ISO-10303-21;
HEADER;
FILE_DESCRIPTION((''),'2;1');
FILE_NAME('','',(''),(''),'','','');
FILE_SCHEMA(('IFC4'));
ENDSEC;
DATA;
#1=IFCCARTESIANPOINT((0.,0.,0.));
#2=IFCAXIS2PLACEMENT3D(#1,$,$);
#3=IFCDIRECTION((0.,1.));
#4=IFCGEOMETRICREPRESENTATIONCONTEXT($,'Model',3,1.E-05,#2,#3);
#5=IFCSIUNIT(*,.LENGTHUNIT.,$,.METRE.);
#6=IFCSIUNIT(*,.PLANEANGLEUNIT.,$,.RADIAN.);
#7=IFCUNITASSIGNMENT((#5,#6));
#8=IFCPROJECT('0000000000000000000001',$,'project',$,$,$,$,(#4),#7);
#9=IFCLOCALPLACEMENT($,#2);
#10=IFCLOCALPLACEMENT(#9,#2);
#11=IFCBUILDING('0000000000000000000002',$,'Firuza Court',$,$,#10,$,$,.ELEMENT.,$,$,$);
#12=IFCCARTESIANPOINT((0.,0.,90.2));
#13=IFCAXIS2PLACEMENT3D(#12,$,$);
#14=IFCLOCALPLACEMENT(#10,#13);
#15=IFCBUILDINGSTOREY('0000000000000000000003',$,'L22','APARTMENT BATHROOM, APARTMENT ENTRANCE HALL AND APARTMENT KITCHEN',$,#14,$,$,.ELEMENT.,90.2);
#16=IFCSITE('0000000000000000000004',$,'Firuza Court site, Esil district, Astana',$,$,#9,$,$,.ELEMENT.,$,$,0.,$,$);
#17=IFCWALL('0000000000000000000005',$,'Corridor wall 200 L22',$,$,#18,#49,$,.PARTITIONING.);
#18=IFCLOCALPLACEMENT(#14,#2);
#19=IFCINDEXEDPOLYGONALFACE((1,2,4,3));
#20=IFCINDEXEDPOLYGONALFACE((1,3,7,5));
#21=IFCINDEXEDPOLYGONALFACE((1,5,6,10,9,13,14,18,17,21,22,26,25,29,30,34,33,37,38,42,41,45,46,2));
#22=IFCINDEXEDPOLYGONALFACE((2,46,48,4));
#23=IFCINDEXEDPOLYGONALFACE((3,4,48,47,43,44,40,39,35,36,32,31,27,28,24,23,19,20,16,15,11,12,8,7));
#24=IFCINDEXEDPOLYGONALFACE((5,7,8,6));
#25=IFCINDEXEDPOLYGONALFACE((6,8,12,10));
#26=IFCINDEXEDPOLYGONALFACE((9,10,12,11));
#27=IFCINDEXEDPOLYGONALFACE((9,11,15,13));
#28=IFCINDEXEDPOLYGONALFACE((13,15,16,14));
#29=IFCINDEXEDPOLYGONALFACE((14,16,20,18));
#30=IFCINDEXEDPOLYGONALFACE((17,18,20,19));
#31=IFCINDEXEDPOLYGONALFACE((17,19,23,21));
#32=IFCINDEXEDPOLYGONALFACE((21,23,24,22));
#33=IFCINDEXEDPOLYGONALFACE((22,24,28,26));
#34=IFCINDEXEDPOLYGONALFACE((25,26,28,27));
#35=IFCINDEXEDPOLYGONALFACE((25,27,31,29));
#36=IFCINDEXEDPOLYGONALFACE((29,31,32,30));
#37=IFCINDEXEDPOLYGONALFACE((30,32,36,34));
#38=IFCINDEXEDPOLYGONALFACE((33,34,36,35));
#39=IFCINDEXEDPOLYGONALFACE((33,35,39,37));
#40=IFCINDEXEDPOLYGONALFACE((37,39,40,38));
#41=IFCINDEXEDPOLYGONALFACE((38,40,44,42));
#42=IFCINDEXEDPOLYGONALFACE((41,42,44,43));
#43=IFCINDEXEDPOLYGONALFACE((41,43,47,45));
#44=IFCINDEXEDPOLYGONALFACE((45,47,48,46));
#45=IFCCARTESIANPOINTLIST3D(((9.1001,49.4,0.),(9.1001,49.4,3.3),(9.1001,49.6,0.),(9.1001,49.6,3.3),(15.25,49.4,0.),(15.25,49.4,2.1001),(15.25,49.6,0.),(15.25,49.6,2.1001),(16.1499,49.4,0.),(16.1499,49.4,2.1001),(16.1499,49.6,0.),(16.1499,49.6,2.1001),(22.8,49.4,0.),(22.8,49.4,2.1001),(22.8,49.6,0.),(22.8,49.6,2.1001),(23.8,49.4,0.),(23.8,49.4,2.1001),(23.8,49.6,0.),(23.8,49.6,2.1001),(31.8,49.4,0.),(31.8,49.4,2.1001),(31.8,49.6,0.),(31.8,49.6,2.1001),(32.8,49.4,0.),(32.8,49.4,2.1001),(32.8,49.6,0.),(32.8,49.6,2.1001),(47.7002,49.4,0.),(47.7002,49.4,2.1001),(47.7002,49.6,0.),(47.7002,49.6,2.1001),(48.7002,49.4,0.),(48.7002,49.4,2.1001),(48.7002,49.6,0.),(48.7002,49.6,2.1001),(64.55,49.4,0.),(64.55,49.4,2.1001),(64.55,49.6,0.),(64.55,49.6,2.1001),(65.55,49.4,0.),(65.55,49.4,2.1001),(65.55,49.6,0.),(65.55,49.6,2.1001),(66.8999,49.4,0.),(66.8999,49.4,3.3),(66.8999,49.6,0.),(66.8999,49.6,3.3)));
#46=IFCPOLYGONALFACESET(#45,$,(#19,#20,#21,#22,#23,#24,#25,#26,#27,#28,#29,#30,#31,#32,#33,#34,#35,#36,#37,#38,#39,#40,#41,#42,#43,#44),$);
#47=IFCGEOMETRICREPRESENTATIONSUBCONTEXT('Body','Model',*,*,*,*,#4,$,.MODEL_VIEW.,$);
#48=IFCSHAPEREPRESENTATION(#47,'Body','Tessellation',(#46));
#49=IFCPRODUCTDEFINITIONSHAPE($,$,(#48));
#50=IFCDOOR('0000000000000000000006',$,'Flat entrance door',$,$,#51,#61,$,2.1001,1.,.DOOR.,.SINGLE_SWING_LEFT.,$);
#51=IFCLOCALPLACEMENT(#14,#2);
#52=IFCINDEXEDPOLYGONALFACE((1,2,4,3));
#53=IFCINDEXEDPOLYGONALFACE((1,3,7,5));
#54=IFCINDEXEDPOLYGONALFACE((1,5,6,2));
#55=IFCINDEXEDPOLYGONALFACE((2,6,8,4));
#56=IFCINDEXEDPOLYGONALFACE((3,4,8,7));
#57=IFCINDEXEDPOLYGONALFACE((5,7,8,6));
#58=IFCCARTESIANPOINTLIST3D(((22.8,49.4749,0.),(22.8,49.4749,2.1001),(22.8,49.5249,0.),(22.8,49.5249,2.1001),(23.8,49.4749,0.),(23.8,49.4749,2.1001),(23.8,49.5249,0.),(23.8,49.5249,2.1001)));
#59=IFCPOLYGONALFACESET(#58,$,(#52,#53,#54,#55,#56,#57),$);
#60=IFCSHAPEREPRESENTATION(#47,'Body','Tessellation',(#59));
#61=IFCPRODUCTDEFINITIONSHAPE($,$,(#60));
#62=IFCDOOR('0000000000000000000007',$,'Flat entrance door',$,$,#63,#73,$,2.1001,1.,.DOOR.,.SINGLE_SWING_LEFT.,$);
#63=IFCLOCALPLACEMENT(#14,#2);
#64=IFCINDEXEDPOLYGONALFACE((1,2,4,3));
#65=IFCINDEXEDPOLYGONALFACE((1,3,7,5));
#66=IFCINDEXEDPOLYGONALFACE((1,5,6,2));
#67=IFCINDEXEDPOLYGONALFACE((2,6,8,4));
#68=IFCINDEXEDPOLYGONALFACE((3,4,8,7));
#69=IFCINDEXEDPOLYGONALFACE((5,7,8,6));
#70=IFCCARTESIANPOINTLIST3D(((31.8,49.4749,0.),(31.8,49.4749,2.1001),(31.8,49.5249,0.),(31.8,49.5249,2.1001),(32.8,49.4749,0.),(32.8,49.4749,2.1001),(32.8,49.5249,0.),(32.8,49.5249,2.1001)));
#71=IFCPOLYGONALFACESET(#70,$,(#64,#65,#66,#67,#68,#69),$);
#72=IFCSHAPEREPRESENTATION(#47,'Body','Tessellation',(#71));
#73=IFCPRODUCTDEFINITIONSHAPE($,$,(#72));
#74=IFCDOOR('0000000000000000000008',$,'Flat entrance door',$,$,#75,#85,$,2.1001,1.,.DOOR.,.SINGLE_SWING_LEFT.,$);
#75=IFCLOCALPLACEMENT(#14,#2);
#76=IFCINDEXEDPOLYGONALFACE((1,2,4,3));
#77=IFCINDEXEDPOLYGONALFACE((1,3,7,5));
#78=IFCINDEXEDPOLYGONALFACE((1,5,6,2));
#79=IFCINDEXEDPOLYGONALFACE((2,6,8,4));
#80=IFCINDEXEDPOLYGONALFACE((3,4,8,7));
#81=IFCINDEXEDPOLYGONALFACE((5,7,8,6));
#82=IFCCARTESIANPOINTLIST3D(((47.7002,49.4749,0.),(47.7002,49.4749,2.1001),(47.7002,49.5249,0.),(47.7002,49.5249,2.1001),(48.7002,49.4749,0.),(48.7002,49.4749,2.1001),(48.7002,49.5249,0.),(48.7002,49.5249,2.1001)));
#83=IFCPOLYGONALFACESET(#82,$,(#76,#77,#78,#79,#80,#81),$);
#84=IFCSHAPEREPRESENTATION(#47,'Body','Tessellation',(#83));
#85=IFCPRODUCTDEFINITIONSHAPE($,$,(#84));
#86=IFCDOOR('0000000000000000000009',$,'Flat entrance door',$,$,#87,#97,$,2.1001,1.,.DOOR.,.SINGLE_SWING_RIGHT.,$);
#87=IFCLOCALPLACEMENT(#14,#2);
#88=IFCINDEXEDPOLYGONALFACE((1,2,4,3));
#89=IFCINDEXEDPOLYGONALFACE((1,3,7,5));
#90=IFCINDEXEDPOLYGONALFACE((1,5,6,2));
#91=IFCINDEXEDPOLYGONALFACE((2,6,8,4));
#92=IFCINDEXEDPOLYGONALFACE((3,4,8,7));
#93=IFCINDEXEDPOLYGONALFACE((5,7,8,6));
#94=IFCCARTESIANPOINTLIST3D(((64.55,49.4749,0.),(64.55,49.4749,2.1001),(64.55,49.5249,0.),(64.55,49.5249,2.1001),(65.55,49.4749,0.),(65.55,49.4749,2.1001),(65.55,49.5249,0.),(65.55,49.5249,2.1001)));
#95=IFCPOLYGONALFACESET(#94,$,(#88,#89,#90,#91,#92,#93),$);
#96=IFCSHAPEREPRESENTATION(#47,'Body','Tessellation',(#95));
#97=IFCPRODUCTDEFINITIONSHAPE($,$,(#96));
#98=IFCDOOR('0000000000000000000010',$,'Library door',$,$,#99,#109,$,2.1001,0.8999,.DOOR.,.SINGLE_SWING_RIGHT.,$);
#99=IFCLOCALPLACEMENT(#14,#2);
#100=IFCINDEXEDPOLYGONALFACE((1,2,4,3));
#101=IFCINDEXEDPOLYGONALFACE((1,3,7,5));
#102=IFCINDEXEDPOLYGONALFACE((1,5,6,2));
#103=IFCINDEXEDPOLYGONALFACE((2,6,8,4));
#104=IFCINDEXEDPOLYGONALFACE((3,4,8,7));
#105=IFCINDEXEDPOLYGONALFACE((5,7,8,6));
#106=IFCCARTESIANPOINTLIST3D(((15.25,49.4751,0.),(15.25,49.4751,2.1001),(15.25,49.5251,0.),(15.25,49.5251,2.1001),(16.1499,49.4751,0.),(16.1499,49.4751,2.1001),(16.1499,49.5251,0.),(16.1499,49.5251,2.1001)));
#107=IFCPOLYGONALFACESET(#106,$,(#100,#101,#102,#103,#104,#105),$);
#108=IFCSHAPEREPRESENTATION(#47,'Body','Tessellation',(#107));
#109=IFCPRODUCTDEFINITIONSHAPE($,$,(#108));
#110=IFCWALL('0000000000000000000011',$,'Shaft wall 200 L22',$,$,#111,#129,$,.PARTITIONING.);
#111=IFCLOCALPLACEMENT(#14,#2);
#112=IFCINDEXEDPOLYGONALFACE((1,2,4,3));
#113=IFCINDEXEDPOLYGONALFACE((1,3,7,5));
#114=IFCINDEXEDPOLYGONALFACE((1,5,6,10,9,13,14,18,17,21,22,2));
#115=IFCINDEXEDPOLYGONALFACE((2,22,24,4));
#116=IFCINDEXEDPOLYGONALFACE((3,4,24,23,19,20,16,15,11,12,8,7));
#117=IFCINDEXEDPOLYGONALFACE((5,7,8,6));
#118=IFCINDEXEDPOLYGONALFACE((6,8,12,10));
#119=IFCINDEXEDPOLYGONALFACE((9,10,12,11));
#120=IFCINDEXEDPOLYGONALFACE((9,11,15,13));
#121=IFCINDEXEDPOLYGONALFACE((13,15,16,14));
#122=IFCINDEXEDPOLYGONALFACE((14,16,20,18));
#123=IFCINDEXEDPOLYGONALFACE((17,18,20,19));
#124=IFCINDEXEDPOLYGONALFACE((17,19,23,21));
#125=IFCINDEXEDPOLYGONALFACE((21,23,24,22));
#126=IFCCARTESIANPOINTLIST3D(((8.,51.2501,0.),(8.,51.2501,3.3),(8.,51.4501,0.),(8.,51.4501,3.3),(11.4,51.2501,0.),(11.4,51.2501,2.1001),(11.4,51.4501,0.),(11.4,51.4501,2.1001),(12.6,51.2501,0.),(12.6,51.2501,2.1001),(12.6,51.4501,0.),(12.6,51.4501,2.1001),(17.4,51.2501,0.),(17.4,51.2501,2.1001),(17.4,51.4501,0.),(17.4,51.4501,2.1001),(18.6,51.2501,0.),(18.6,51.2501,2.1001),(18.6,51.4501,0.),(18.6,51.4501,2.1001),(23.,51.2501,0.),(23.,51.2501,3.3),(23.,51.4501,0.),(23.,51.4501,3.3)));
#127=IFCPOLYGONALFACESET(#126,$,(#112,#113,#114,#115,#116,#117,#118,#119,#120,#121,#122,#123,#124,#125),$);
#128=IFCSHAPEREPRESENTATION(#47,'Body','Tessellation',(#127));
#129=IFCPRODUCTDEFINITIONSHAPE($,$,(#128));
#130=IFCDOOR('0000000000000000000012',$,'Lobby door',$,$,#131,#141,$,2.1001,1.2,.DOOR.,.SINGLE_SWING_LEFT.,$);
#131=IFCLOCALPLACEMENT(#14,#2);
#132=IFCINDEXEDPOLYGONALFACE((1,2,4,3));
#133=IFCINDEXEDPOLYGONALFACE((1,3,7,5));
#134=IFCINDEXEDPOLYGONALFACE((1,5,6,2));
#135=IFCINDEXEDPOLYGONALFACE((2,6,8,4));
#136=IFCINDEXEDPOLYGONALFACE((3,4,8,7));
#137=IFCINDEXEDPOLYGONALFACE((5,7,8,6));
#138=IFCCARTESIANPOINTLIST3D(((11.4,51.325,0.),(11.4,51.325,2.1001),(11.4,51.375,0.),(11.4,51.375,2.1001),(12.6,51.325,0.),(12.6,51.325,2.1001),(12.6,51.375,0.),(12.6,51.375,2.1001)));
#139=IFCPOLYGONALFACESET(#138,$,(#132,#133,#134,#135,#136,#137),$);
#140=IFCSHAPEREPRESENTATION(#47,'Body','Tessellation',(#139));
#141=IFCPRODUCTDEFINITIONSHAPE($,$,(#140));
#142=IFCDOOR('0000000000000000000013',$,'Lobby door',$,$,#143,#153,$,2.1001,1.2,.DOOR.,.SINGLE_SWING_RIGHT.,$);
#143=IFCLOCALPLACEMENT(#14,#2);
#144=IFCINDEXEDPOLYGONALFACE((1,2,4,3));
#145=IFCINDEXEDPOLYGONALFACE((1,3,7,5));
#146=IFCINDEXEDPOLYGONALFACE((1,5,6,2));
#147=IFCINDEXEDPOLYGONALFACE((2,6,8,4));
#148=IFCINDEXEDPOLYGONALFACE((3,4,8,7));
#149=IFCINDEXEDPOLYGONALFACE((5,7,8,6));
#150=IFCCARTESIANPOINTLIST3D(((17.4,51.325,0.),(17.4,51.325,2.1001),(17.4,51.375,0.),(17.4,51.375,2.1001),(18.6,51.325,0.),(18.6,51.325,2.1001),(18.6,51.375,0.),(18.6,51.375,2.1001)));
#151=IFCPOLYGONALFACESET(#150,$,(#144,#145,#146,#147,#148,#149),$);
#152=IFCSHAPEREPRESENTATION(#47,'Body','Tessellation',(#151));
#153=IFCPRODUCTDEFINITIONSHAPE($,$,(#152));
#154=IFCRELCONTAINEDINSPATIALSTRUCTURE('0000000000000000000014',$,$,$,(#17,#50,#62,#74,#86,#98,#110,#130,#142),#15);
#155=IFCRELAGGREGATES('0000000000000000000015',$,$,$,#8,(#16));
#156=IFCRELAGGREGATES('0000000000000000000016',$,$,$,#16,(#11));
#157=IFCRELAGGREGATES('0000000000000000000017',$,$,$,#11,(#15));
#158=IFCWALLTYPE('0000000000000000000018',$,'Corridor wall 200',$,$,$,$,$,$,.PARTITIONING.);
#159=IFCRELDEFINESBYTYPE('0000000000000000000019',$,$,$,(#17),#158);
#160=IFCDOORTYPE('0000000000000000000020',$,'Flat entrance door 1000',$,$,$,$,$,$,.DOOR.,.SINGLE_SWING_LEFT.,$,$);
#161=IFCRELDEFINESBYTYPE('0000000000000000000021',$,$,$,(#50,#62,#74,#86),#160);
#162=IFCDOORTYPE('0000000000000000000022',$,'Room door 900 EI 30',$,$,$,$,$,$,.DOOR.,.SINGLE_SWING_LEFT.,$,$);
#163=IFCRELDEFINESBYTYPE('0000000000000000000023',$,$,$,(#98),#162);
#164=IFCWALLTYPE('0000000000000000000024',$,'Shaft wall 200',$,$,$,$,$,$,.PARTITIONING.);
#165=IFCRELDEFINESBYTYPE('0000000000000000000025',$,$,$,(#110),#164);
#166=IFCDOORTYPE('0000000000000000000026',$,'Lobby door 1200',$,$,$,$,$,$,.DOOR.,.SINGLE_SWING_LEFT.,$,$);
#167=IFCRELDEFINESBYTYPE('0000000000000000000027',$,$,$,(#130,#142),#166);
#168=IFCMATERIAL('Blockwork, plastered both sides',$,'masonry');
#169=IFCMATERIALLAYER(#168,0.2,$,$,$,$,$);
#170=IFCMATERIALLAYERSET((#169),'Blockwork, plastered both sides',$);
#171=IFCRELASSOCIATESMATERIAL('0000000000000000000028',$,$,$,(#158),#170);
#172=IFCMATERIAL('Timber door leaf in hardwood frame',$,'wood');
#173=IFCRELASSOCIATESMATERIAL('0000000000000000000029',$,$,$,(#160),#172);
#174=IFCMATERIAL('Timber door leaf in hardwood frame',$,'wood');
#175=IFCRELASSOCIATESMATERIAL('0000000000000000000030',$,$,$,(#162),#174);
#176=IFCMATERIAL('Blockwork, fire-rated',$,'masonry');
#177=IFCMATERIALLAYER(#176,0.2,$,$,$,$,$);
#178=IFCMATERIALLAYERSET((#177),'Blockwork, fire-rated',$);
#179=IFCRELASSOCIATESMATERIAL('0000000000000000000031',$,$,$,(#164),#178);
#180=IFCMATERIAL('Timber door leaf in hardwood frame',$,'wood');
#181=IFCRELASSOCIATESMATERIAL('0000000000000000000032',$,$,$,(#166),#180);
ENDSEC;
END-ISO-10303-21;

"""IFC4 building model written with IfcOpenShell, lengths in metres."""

from ifc_helpers import new_model, si_unit, direction, frame, frame_2d, origin, place, context, subcontext, project, spatial, rectangle, extrude, material, layer, layer_set, type_object, element, fill, save


model = new_model("IFC4")

# Units and contexts
model_context = context("Model", 3, precision=1e-05, world=origin(), true_north=direction((0.0, 1.0)))
body_context = subcontext(model_context, "Body", "Model", "MODEL_VIEW")
ifc_project = project(units=[si_unit("LENGTHUNIT", "METRE"), si_unit("PLANEANGLEUNIT", "RADIAN")], contexts=[model_context])

# Site, building, storey
site_placement = place(None, origin())
site = spatial("IfcSite", under=ifc_project, at=site_placement, Name="Firuza Court site, Esil district, Astana", CompositionType="ELEMENT", RefElevation=0.0)
building_placement = place(site_placement, origin())
building = spatial("IfcBuilding", under=site, at=building_placement, Name="Firuza Court", CompositionType="ELEMENT")
storey_placement = place(building_placement, frame((0.0, 0.0, 90.2)))
storey = spatial("IfcBuildingStorey", under=building, at=storey_placement, Name="L22", Description="APARTMENT BATHROOM, APARTMENT ENTRANCE HALL AND APARTMENT KITCHEN", CompositionType="ELEMENT", Elevation=90.2)

# Walls, openings, doors
ifc_material_1 = material(Name="Blockwork, plastered both sides", Category="masonry")
ifc_layer_1 = layer(ifc_material_1, 0.2)
ifc_layer_set_1 = layer_set([ifc_layer_1], Name="Blockwork, plastered both sides")
wall_type_1 = type_object("IfcWallType", Name="Corridor wall 200", PredefinedType="PARTITIONING", material=ifc_layer_set_1)
wall_1_placement = place(storey_placement, frame((9.1001, 49.5, 0.0), z_axis=(0.0, 0.0, 1.0), x_axis=(1.0, 0.0, 0.0)))
wall_1 = element("IfcWall", 1, at=wall_1_placement, inside=storey, type_object=wall_type_1, Name="Corridor wall 200 L22", PredefinedType="PARTITIONING", context=body_context, shape_type="SweptSolid", body=[
    extrude(rectangle(XDim=57.7998, YDim=0.2, at=frame_2d((28.8999, 0.0))), origin(), (0.0, 0.0, 1.0), 3.3),
])
opening_1_placement = place(wall_1_placement, frame((13.7, 0.0, 0.0)))
opening_1 = element("IfcOpeningElement", 2, at=opening_1_placement, cuts=wall_1, PredefinedType="OPENING", context=body_context, shape_type="SweptSolid", body=[
    extrude(rectangle(XDim=1.0, YDim=2.1001, at=frame_2d((0.5, 1.05))), frame((0.0, 0.1118, 0.0), z_axis=(0.0, -1.0, 0.0), x_axis=(1.0, 0.0, 0.0)), (0.0, 0.0, 1.0), 0.2239),
])
opening_2_placement = place(wall_1_placement, frame((22.7, 0.0, 0.0)))
opening_2 = element("IfcOpeningElement", 3, at=opening_2_placement, cuts=wall_1, PredefinedType="OPENING", context=body_context, shape_type="SweptSolid", body=[
    extrude(rectangle(XDim=1.0, YDim=2.1001, at=frame_2d((0.5, 1.05))), frame((0.0, 0.1118, 0.0), z_axis=(0.0, -1.0, 0.0), x_axis=(1.0, 0.0, 0.0)), (0.0, 0.0, 1.0), 0.2239),
])
opening_3_placement = place(wall_1_placement, frame((38.6001, 0.0, 0.0)))
opening_3 = element("IfcOpeningElement", 4, at=opening_3_placement, cuts=wall_1, PredefinedType="OPENING", context=body_context, shape_type="SweptSolid", body=[
    extrude(rectangle(XDim=1.0, YDim=2.1001, at=frame_2d((0.5, 1.05))), frame((0.0, 0.1118, 0.0), z_axis=(0.0, -1.0, 0.0), x_axis=(1.0, 0.0, 0.0)), (0.0, 0.0, 1.0), 0.2239),
])
opening_4_placement = place(wall_1_placement, frame((55.45, 0.0, 0.0)))
opening_4 = element("IfcOpeningElement", 5, at=opening_4_placement, cuts=wall_1, PredefinedType="OPENING", context=body_context, shape_type="SweptSolid", body=[
    extrude(rectangle(XDim=1.0, YDim=2.1001, at=frame_2d((0.5, 1.05))), frame((0.0, 0.1118, 0.0), z_axis=(0.0, -1.0, 0.0), x_axis=(1.0, 0.0, 0.0)), (0.0, 0.0, 1.0), 0.2239),
])
opening_5_placement = place(wall_1_placement, frame((6.1499, 0.0, 0.0)))
opening_5 = element("IfcOpeningElement", 6, at=opening_5_placement, cuts=wall_1, PredefinedType="OPENING", context=body_context, shape_type="SweptSolid", body=[
    extrude(rectangle(XDim=0.8999, YDim=2.1001, at=frame_2d((0.45, 1.05))), frame((0.0, 0.1118, 0.0), z_axis=(0.0, -1.0, 0.0), x_axis=(1.0, 0.0, 0.0)), (0.0, 0.0, 1.0), 0.2239),
])
ifc_material_2 = material(Name="Timber door leaf in hardwood frame", Category="wood")
door_type_1 = type_object("IfcDoorType", Name="Flat entrance door 1000", OperationType="SINGLE_SWING_LEFT", PredefinedType="DOOR", material=ifc_material_2)
door_1_placement = place(opening_1_placement, origin())
door_1 = element("IfcDoor", 7, at=door_1_placement, inside=storey, type_object=door_type_1, Name="Flat entrance door", OperationType="SINGLE_SWING_LEFT", OverallHeight=2.1001, OverallWidth=1.0, PredefinedType="DOOR", context=body_context, shape_type="SweptSolid", body=[
    extrude(rectangle(XDim=1.0, YDim=2.1001, at=frame_2d((0.5, 1.05))), frame((0.0, 0.0249, 0.0), z_axis=(0.0, -1.0, 0.0), x_axis=(1.0, 0.0, 0.0)), (0.0, 0.0, 1.0), 0.05),
])
fill(opening_1, door_1)
door_2_placement = place(opening_2_placement, origin())
door_2 = element("IfcDoor", 8, at=door_2_placement, inside=storey, type_object=door_type_1, Name="Flat entrance door", OperationType="SINGLE_SWING_LEFT", OverallHeight=2.1001, OverallWidth=1.0, PredefinedType="DOOR", context=body_context, shape_type="SweptSolid", body=[
    extrude(rectangle(XDim=1.0, YDim=2.1001, at=frame_2d((0.5, 1.05))), frame((0.0, 0.0249, 0.0), z_axis=(0.0, -1.0, 0.0), x_axis=(1.0, 0.0, 0.0)), (0.0, 0.0, 1.0), 0.05),
])
fill(opening_2, door_2)
door_3_placement = place(opening_3_placement, origin())
door_3 = element("IfcDoor", 9, at=door_3_placement, inside=storey, type_object=door_type_1, Name="Flat entrance door", OperationType="SINGLE_SWING_LEFT", OverallHeight=2.1001, OverallWidth=1.0, PredefinedType="DOOR", context=body_context, shape_type="SweptSolid", body=[
    extrude(rectangle(XDim=1.0, YDim=2.1001, at=frame_2d((0.5, 1.05))), frame((0.0, 0.0249, 0.0), z_axis=(0.0, -1.0, 0.0), x_axis=(1.0, 0.0, 0.0)), (0.0, 0.0, 1.0), 0.05),
])
fill(opening_3, door_3)
door_4_placement = place(opening_4_placement, origin())
door_4 = element("IfcDoor", 10, at=door_4_placement, inside=storey, type_object=door_type_1, Name="Flat entrance door", OperationType="SINGLE_SWING_RIGHT", OverallHeight=2.1001, OverallWidth=1.0, PredefinedType="DOOR", context=body_context, shape_type="SweptSolid", body=[
    extrude(rectangle(XDim=1.0, YDim=2.1001, at=frame_2d((0.5, 1.05))), frame((0.0, 0.0249, 0.0), z_axis=(0.0, -1.0, 0.0), x_axis=(1.0, 0.0, 0.0)), (0.0, 0.0, 1.0), 0.05),
])
fill(opening_4, door_4)
ifc_material_3 = material(Name="Timber door leaf in hardwood frame", Category="wood")
door_type_2 = type_object("IfcDoorType", Name="Room door 900 EI 30", OperationType="SINGLE_SWING_LEFT", PredefinedType="DOOR", material=ifc_material_3)
door_5_placement = place(opening_5_placement, frame((0.8999, 0.0, 0.0), z_axis=(0.0, 0.0, 1.0), x_axis=(-1.0, 0.0, 0.0)))
door_5 = element("IfcDoor", 11, at=door_5_placement, inside=storey, type_object=door_type_2, Name="Library door", OperationType="SINGLE_SWING_RIGHT", OverallHeight=2.1001, OverallWidth=0.8999, PredefinedType="DOOR", context=body_context, shape_type="SweptSolid", body=[
    extrude(rectangle(XDim=0.8999, YDim=2.1001, at=frame_2d((0.45, 1.05))), frame((0.0, 0.0249, 0.0), z_axis=(0.0, -1.0, 0.0), x_axis=(1.0, 0.0, 0.0)), (0.0, 0.0, 1.0), 0.05),
])
fill(opening_5, door_5)
ifc_material_4 = material(Name="Blockwork, fire-rated", Category="masonry")
ifc_layer_2 = layer(ifc_material_4, 0.2)
ifc_layer_set_2 = layer_set([ifc_layer_2], Name="Blockwork, fire-rated")
wall_type_2 = type_object("IfcWallType", Name="Shaft wall 200", PredefinedType="PARTITIONING", material=ifc_layer_set_2)
wall_2_placement = place(storey_placement, frame((8.0, 51.3501, 0.0), z_axis=(0.0, 0.0, 1.0), x_axis=(1.0, 0.0, 0.0)))
wall_2 = element("IfcWall", 12, at=wall_2_placement, inside=storey, type_object=wall_type_2, Name="Shaft wall 200 L22", PredefinedType="PARTITIONING", context=body_context, shape_type="SweptSolid", body=[
    extrude(rectangle(XDim=15.0, YDim=0.2, at=frame_2d((7.5, 0.0))), origin(), (0.0, 0.0, 1.0), 3.3),
])
opening_6_placement = place(wall_2_placement, frame((3.3999, 0.0, 0.0)))
opening_6 = element("IfcOpeningElement", 13, at=opening_6_placement, cuts=wall_2, PredefinedType="OPENING", context=body_context, shape_type="SweptSolid", body=[
    extrude(rectangle(XDim=1.2, YDim=2.1001, at=frame_2d((0.6001, 1.05))), frame((0.0, 0.1118, 0.0), z_axis=(0.0, -1.0, 0.0), x_axis=(1.0, 0.0, 0.0)), (0.0, 0.0, 1.0), 0.2239),
])
opening_7_placement = place(wall_2_placement, frame((9.3999, 0.0, 0.0)))
opening_7 = element("IfcOpeningElement", 14, at=opening_7_placement, cuts=wall_2, PredefinedType="OPENING", context=body_context, shape_type="SweptSolid", body=[
    extrude(rectangle(XDim=1.2, YDim=2.1001, at=frame_2d((0.6001, 1.05))), frame((0.0, 0.1118, 0.0), z_axis=(0.0, -1.0, 0.0), x_axis=(1.0, 0.0, 0.0)), (0.0, 0.0, 1.0), 0.2239),
])
ifc_material_5 = material(Name="Timber door leaf in hardwood frame", Category="wood")
door_type_3 = type_object("IfcDoorType", Name="Lobby door 1200", OperationType="SINGLE_SWING_LEFT", PredefinedType="DOOR", material=ifc_material_5)
door_6_placement = place(opening_6_placement, origin())
door_6 = element("IfcDoor", 15, at=door_6_placement, inside=storey, type_object=door_type_3, Name="Lobby door", OperationType="SINGLE_SWING_LEFT", OverallHeight=2.1001, OverallWidth=1.2, PredefinedType="DOOR", context=body_context, shape_type="SweptSolid", body=[
    extrude(rectangle(XDim=1.2, YDim=2.1001, at=frame_2d((0.6001, 1.05))), frame((0.0, 0.0249, 0.0), z_axis=(0.0, -1.0, 0.0), x_axis=(1.0, 0.0, 0.0)), (0.0, 0.0, 1.0), 0.05),
])
fill(opening_6, door_6)
door_7_placement = place(opening_7_placement, origin())
door_7 = element("IfcDoor", 16, at=door_7_placement, inside=storey, type_object=door_type_3, Name="Lobby door", OperationType="SINGLE_SWING_RIGHT", OverallHeight=2.1001, OverallWidth=1.2, PredefinedType="DOOR", context=body_context, shape_type="SweptSolid", body=[
    extrude(rectangle(XDim=1.2, YDim=2.1001, at=frame_2d((0.6001, 1.05))), frame((0.0, 0.0249, 0.0), z_axis=(0.0, -1.0, 0.0), x_axis=(1.0, 0.0, 0.0)), (0.0, 0.0, 1.0), 0.05),
])
fill(opening_7, door_7)

save(model, "model.ifc")
